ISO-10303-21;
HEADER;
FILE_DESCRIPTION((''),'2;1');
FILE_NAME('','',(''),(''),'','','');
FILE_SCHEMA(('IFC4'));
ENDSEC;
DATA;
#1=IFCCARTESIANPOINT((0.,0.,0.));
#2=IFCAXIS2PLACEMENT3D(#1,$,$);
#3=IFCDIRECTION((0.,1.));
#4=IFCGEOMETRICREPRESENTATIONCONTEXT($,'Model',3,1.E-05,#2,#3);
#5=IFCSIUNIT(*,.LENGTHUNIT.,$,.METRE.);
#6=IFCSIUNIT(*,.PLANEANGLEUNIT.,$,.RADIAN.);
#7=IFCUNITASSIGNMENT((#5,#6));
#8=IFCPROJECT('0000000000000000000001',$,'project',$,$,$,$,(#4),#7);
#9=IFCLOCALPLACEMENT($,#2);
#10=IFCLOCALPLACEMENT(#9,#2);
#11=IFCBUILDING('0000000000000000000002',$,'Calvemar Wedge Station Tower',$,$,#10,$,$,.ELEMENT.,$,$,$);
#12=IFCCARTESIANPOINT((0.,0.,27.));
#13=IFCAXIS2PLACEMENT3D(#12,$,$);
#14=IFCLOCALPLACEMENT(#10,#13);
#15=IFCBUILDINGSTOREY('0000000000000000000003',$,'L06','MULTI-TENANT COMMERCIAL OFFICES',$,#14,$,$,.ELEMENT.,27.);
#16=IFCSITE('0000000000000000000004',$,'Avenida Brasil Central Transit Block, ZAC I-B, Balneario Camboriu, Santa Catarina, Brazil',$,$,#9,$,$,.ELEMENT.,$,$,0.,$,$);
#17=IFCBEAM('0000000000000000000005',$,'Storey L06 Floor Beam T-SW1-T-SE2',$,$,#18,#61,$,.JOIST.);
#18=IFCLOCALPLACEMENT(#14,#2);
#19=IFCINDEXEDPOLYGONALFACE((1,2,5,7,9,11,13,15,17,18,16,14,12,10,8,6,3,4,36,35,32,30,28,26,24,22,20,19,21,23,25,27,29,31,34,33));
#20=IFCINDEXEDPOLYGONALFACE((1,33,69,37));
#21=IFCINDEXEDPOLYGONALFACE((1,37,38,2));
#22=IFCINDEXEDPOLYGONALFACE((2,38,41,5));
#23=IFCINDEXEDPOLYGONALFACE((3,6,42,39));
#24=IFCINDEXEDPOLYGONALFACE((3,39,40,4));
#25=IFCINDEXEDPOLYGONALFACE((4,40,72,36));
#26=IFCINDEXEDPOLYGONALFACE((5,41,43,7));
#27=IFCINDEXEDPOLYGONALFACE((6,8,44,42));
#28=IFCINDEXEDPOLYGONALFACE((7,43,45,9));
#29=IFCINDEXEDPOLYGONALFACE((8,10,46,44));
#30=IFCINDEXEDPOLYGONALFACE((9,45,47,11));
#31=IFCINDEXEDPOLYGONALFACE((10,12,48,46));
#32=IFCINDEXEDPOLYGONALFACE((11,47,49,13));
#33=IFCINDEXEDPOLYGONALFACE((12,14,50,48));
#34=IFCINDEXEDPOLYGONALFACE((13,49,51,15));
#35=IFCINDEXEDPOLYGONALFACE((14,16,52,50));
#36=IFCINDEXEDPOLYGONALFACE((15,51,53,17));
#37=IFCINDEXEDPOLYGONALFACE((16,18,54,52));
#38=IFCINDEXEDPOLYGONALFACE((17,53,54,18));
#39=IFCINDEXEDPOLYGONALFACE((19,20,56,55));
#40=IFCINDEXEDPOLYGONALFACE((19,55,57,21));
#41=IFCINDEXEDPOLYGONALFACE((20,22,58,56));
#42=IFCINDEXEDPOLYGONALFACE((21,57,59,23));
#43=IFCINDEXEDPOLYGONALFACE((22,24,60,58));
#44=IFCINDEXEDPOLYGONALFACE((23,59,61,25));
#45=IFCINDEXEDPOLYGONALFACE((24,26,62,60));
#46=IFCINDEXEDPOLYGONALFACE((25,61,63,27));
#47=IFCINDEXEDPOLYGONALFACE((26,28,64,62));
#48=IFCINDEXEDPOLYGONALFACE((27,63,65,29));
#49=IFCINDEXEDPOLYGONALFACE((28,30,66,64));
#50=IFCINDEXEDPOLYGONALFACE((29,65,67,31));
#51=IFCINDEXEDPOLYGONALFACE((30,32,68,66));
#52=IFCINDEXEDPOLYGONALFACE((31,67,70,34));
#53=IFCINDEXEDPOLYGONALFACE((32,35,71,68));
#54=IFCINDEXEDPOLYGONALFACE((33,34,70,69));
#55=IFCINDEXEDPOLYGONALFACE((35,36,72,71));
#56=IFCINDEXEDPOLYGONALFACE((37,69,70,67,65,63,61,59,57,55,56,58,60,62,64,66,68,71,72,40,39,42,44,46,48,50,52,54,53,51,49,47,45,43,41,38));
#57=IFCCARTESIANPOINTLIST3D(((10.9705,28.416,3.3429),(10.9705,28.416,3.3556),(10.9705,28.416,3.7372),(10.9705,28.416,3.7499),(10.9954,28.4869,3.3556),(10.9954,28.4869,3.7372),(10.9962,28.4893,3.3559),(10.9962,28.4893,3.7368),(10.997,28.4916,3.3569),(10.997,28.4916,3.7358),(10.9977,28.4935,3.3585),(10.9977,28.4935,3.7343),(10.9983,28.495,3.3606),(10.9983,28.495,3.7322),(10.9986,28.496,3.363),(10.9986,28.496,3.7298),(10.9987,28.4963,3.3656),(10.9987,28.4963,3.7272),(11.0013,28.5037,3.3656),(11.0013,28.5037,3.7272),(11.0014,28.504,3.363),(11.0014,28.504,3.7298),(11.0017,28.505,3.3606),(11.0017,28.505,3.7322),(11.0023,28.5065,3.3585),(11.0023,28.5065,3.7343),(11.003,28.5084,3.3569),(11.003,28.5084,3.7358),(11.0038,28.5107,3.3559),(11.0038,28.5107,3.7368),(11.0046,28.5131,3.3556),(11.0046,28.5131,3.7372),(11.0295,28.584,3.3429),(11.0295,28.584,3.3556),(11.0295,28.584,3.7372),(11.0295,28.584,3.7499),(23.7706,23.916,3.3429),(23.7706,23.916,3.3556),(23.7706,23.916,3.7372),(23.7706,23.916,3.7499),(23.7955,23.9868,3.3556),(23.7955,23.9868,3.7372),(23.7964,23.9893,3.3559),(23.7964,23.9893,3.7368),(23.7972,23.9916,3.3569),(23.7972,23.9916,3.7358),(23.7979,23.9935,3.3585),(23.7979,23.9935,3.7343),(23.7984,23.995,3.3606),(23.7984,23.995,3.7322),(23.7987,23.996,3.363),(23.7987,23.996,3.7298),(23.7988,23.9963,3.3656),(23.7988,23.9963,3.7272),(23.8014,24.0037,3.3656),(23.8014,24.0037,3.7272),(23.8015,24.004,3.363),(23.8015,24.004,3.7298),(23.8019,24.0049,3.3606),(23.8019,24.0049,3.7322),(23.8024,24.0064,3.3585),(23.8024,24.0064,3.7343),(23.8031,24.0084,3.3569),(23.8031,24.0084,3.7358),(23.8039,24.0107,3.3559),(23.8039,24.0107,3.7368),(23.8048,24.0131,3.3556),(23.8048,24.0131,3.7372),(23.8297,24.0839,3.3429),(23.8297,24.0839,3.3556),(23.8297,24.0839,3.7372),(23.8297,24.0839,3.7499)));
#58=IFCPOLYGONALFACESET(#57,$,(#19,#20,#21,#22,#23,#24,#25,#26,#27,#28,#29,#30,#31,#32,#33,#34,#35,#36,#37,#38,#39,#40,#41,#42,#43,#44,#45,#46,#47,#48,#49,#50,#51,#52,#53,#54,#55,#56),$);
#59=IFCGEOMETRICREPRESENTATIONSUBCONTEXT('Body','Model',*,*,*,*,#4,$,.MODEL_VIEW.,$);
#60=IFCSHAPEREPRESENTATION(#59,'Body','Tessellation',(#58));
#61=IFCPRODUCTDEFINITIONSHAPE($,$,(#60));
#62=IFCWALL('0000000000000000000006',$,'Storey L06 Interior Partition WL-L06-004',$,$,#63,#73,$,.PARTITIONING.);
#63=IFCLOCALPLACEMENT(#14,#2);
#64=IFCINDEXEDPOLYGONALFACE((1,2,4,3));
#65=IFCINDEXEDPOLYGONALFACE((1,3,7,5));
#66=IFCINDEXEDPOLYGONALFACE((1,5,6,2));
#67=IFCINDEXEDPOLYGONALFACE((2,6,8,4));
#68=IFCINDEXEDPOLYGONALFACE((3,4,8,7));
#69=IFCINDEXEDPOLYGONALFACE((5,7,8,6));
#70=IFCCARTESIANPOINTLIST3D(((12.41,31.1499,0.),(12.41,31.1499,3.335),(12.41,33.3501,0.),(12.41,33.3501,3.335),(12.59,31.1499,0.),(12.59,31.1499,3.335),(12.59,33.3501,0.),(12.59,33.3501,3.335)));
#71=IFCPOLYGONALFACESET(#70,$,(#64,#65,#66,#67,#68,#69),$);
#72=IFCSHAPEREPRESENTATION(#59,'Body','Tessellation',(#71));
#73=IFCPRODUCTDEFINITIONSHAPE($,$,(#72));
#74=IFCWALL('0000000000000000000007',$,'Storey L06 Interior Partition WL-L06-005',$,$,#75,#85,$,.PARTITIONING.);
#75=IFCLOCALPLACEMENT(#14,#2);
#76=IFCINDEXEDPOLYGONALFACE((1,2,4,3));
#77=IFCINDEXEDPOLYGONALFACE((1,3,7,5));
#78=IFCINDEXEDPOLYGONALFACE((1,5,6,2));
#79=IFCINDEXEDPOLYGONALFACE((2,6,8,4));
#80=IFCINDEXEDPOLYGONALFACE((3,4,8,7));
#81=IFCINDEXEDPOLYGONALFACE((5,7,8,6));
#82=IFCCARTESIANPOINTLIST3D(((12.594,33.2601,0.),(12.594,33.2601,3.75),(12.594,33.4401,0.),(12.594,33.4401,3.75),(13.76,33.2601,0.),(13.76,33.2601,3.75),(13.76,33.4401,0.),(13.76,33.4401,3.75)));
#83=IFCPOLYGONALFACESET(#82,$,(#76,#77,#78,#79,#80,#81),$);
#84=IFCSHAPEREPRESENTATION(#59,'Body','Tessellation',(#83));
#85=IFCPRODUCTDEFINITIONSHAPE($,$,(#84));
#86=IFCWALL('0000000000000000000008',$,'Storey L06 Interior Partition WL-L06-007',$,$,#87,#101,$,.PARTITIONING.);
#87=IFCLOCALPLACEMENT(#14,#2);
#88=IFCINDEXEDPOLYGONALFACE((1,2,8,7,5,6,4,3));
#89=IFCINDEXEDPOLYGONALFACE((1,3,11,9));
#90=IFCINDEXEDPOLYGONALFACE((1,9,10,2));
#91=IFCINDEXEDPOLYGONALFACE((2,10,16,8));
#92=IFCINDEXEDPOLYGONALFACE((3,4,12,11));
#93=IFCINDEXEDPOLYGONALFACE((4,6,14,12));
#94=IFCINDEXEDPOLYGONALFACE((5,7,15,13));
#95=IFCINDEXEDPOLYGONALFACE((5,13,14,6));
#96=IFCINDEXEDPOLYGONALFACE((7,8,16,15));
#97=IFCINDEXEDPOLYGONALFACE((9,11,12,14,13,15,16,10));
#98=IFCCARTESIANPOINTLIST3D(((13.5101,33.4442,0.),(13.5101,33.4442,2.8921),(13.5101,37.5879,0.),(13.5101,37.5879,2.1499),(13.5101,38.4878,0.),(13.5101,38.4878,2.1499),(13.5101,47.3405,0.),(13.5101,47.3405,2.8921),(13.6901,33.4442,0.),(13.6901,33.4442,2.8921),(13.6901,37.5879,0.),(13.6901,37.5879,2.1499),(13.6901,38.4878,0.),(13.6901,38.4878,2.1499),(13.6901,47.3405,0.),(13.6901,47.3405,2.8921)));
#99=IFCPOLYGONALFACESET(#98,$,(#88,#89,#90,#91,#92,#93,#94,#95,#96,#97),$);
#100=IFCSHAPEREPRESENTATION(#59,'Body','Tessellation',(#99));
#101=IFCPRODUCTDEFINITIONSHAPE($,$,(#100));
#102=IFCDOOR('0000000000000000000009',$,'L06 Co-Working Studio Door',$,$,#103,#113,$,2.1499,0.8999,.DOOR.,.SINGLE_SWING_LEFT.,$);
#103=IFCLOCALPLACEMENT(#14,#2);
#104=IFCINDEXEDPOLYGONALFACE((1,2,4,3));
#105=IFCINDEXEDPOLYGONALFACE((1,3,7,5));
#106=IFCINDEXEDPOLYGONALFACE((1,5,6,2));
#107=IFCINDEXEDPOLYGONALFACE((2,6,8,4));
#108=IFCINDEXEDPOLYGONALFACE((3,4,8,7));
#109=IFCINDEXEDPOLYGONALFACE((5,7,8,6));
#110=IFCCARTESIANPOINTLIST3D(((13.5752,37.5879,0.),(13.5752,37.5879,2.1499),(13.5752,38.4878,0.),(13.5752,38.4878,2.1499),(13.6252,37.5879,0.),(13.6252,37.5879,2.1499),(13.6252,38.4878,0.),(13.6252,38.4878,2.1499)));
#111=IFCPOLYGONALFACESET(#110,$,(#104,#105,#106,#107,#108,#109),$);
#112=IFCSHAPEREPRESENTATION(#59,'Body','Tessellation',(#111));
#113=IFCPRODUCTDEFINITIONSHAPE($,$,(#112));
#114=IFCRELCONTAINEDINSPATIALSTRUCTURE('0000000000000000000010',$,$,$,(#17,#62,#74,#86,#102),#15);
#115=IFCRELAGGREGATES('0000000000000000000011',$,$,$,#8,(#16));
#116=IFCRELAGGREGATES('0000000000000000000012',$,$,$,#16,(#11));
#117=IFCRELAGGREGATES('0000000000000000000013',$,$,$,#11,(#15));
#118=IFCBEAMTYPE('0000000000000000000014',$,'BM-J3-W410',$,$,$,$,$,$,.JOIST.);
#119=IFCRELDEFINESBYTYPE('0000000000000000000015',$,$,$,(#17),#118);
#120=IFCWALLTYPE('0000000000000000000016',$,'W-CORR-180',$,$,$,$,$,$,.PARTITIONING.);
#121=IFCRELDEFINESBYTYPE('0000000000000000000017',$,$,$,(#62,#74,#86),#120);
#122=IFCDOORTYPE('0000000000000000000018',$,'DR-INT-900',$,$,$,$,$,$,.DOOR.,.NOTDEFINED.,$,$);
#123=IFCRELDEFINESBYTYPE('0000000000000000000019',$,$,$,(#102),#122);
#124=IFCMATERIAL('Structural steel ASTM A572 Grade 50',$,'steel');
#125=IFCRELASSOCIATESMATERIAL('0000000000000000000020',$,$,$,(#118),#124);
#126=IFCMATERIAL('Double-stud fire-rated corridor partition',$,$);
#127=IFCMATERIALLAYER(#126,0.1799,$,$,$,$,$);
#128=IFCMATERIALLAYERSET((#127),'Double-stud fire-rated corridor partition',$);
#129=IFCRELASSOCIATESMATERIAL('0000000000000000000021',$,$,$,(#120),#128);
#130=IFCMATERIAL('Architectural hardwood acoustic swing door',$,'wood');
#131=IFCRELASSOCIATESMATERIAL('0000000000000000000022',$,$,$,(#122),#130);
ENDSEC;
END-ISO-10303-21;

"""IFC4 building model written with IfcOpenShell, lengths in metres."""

from ifc_helpers import new_model, si_unit, direction, frame, frame_2d, origin, origin_2d, place, context, subcontext, project, spatial, rectangle, i_section, extrude, source, transform, mapped, material, layer, layer_set, material_profile, profile_set, type_object, element, fill, save


model = new_model("IFC4")

# Units and contexts
model_context = context("Model", 3, precision=1e-05, world=origin(), true_north=direction((0.0, 1.0)))
body_context = subcontext(model_context, "Body", "Model", "MODEL_VIEW")
ifc_project = project(units=[si_unit("LENGTHUNIT", "METRE"), si_unit("PLANEANGLEUNIT", "RADIAN")], contexts=[model_context])

# Site, building, storey
site_placement = place(None, origin())
site = spatial("IfcSite", under=ifc_project, at=site_placement, Name="Avenida Brasil Central Transit Block, ZAC I-B, Balneario Camboriu, Santa Catarina, Brazil", CompositionType="ELEMENT", RefElevation=0.0)
building_placement = place(site_placement, origin())
building = spatial("IfcBuilding", under=site, at=building_placement, Name="Calvemar Wedge Station Tower", CompositionType="ELEMENT")
storey_placement = place(building_placement, frame((0.0, 0.0, 27.0)))
storey = spatial("IfcBuildingStorey", under=building, at=storey_placement, Name="L06", Description="MULTI-TENANT COMMERCIAL OFFICES", CompositionType="ELEMENT", Elevation=27.0)

# Beam
ifc_material_1 = material(Name="Structural steel ASTM A572 Grade 50", Category="steel")
ifc_material_profile_1 = material_profile(ifc_material_1, i_section(OverallWidth=0.178, OverallDepth=0.407, WebThickness=0.0078, FlangeThickness=0.0127, FilletRadius=0.01, at=origin_2d()), Name="W410x60")
ifc_profile_set_1 = profile_set([ifc_material_profile_1], Name="Structural steel ASTM A572 Grade 50")
beam_type_1 = type_object("IfcBeamType", Name="BM-J3-W410", PredefinedType="JOIST", material=ifc_profile_set_1)
shared_shape_1 = source(origin(), body_context, "Body", "SweptSolid", [
    extrude(i_section(OverallWidth=0.178, OverallDepth=0.407, WebThickness=0.0078, FlangeThickness=0.0127, FilletRadius=0.01, at=origin_2d()), origin(), (0.0, 0.0, 1.0), 13.5681),
])
for number, where, z_axis, x_axis, name in (
    (1, (11.0, 28.5, 3.5464), (0.943398, -0.331662, 0.0), (0.331662, 0.943398, 0.0), "Storey L06 Floor Beam T-SW1-T-SE2"),
):
    element("IfcBeam", number, at=place(storey_placement, frame(where, z_axis=z_axis, x_axis=x_axis)), inside=storey, type_object=beam_type_1, Name=name, PredefinedType="JOIST", context=body_context, shape_type="MappedRepresentation", body=[
        mapped(shared_shape_1, transform((0.0, 0.0, 0.0), scale=1.0)),
    ])

# Walls
ifc_material_2 = material(Name="Double-stud fire-rated corridor partition")
ifc_layer_1 = layer(ifc_material_2, 0.1799)
ifc_layer_set_1 = layer_set([ifc_layer_1], Name="Double-stud fire-rated corridor partition")
wall_type_1 = type_object("IfcWallType", Name="W-CORR-180", PredefinedType="PARTITIONING", material=ifc_layer_set_1)
wall_1_placement = place(storey_placement, frame((12.5, 31.1499, 0.0), z_axis=(0.0, 0.0, 1.0), x_axis=(0.0, 1.0, 0.0)))
element("IfcWall", 2, at=wall_1_placement, inside=storey, type_object=wall_type_1, Name="Storey L06 Interior Partition WL-L06-004", PredefinedType="PARTITIONING", context=body_context, shape_type="SweptSolid", body=[
    extrude(rectangle(XDim=2.2002, YDim=0.1799, at=frame_2d((1.1001, 0.0))), origin(), (0.0, 0.0, 1.0), 3.335),
])
wall_2_placement = place(storey_placement, frame((12.594, 33.3501, 0.0), z_axis=(0.0, 0.0, 1.0), x_axis=(1.0, 0.0, 0.0)))
element("IfcWall", 3, at=wall_2_placement, inside=storey, type_object=wall_type_1, Name="Storey L06 Interior Partition WL-L06-005", PredefinedType="PARTITIONING", context=body_context, shape_type="SweptSolid", body=[
    extrude(rectangle(XDim=1.166, YDim=0.1799, at=frame_2d((0.583, 0.0))), origin(), (0.0, 0.0, 1.0), 3.75),
])

# Wall, opening, door
wall_3_placement = place(storey_placement, frame((13.6001, 33.4441, 0.0), z_axis=(0.0, 0.0, 1.0), x_axis=(0.0, 1.0, 0.0)))
wall_3 = element("IfcWall", 4, at=wall_3_placement, inside=storey, type_object=wall_type_1, Name="Storey L06 Interior Partition WL-L06-007", PredefinedType="PARTITIONING", context=body_context, shape_type="SweptSolid", body=[
    extrude(rectangle(XDim=13.8962, YDim=0.1799, at=frame_2d((6.9482, 0.0))), origin(), (0.0, 0.0, 1.0), 2.8921),
])
shared_shape_2 = source(origin(), body_context, "Body", "SweptSolid", [
    extrude(rectangle(XDim=0.8999, YDim=2.1499, at=frame_2d((0.45, 1.075))), frame((0.0, 0.1001, 0.0), z_axis=(0.0, -1.0, 0.0), x_axis=(1.0, 0.0, 0.0)), (0.0, 0.0, 1.0), 0.2),
])
opening_1_placement = place(wall_3_placement, frame((4.1438, 0.0, 0.0)))
opening_1 = element("IfcOpeningElement", 5, at=opening_1_placement, cuts=wall_3, PredefinedType="OPENING", context=body_context, shape_type="MappedRepresentation", body=[
    mapped(shared_shape_2, transform((0.0, 0.0, 0.0), scale=1.0)),
])
ifc_material_3 = material(Name="Architectural hardwood acoustic swing door", Category="wood")
door_type = type_object("IfcDoorType", Name="DR-INT-900", OperationType="NOTDEFINED", PredefinedType="DOOR", material=ifc_material_3)
shared_shape_3 = source(origin(), body_context, "Body", "SweptSolid", [
    extrude(rectangle(XDim=0.8999, YDim=2.1499, at=frame_2d((0.45, 1.075))), frame((0.0, 0.0249, 0.0), z_axis=(0.0, -1.0, 0.0), x_axis=(1.0, 0.0, 0.0)), (0.0, 0.0, 1.0), 0.05),
])
door_placement = place(opening_1_placement, origin())
door = element("IfcDoor", 6, at=door_placement, inside=storey, type_object=door_type, Name="L06 Co-Working Studio Door", OperationType="SINGLE_SWING_LEFT", OverallHeight=2.1499, OverallWidth=0.8999, PredefinedType="DOOR", context=body_context, shape_type="MappedRepresentation", body=[
    mapped(shared_shape_3, transform((0.0, 0.0, 0.0), scale=1.0)),
])
fill(opening_1, door)

save(model, "model.ifc")
